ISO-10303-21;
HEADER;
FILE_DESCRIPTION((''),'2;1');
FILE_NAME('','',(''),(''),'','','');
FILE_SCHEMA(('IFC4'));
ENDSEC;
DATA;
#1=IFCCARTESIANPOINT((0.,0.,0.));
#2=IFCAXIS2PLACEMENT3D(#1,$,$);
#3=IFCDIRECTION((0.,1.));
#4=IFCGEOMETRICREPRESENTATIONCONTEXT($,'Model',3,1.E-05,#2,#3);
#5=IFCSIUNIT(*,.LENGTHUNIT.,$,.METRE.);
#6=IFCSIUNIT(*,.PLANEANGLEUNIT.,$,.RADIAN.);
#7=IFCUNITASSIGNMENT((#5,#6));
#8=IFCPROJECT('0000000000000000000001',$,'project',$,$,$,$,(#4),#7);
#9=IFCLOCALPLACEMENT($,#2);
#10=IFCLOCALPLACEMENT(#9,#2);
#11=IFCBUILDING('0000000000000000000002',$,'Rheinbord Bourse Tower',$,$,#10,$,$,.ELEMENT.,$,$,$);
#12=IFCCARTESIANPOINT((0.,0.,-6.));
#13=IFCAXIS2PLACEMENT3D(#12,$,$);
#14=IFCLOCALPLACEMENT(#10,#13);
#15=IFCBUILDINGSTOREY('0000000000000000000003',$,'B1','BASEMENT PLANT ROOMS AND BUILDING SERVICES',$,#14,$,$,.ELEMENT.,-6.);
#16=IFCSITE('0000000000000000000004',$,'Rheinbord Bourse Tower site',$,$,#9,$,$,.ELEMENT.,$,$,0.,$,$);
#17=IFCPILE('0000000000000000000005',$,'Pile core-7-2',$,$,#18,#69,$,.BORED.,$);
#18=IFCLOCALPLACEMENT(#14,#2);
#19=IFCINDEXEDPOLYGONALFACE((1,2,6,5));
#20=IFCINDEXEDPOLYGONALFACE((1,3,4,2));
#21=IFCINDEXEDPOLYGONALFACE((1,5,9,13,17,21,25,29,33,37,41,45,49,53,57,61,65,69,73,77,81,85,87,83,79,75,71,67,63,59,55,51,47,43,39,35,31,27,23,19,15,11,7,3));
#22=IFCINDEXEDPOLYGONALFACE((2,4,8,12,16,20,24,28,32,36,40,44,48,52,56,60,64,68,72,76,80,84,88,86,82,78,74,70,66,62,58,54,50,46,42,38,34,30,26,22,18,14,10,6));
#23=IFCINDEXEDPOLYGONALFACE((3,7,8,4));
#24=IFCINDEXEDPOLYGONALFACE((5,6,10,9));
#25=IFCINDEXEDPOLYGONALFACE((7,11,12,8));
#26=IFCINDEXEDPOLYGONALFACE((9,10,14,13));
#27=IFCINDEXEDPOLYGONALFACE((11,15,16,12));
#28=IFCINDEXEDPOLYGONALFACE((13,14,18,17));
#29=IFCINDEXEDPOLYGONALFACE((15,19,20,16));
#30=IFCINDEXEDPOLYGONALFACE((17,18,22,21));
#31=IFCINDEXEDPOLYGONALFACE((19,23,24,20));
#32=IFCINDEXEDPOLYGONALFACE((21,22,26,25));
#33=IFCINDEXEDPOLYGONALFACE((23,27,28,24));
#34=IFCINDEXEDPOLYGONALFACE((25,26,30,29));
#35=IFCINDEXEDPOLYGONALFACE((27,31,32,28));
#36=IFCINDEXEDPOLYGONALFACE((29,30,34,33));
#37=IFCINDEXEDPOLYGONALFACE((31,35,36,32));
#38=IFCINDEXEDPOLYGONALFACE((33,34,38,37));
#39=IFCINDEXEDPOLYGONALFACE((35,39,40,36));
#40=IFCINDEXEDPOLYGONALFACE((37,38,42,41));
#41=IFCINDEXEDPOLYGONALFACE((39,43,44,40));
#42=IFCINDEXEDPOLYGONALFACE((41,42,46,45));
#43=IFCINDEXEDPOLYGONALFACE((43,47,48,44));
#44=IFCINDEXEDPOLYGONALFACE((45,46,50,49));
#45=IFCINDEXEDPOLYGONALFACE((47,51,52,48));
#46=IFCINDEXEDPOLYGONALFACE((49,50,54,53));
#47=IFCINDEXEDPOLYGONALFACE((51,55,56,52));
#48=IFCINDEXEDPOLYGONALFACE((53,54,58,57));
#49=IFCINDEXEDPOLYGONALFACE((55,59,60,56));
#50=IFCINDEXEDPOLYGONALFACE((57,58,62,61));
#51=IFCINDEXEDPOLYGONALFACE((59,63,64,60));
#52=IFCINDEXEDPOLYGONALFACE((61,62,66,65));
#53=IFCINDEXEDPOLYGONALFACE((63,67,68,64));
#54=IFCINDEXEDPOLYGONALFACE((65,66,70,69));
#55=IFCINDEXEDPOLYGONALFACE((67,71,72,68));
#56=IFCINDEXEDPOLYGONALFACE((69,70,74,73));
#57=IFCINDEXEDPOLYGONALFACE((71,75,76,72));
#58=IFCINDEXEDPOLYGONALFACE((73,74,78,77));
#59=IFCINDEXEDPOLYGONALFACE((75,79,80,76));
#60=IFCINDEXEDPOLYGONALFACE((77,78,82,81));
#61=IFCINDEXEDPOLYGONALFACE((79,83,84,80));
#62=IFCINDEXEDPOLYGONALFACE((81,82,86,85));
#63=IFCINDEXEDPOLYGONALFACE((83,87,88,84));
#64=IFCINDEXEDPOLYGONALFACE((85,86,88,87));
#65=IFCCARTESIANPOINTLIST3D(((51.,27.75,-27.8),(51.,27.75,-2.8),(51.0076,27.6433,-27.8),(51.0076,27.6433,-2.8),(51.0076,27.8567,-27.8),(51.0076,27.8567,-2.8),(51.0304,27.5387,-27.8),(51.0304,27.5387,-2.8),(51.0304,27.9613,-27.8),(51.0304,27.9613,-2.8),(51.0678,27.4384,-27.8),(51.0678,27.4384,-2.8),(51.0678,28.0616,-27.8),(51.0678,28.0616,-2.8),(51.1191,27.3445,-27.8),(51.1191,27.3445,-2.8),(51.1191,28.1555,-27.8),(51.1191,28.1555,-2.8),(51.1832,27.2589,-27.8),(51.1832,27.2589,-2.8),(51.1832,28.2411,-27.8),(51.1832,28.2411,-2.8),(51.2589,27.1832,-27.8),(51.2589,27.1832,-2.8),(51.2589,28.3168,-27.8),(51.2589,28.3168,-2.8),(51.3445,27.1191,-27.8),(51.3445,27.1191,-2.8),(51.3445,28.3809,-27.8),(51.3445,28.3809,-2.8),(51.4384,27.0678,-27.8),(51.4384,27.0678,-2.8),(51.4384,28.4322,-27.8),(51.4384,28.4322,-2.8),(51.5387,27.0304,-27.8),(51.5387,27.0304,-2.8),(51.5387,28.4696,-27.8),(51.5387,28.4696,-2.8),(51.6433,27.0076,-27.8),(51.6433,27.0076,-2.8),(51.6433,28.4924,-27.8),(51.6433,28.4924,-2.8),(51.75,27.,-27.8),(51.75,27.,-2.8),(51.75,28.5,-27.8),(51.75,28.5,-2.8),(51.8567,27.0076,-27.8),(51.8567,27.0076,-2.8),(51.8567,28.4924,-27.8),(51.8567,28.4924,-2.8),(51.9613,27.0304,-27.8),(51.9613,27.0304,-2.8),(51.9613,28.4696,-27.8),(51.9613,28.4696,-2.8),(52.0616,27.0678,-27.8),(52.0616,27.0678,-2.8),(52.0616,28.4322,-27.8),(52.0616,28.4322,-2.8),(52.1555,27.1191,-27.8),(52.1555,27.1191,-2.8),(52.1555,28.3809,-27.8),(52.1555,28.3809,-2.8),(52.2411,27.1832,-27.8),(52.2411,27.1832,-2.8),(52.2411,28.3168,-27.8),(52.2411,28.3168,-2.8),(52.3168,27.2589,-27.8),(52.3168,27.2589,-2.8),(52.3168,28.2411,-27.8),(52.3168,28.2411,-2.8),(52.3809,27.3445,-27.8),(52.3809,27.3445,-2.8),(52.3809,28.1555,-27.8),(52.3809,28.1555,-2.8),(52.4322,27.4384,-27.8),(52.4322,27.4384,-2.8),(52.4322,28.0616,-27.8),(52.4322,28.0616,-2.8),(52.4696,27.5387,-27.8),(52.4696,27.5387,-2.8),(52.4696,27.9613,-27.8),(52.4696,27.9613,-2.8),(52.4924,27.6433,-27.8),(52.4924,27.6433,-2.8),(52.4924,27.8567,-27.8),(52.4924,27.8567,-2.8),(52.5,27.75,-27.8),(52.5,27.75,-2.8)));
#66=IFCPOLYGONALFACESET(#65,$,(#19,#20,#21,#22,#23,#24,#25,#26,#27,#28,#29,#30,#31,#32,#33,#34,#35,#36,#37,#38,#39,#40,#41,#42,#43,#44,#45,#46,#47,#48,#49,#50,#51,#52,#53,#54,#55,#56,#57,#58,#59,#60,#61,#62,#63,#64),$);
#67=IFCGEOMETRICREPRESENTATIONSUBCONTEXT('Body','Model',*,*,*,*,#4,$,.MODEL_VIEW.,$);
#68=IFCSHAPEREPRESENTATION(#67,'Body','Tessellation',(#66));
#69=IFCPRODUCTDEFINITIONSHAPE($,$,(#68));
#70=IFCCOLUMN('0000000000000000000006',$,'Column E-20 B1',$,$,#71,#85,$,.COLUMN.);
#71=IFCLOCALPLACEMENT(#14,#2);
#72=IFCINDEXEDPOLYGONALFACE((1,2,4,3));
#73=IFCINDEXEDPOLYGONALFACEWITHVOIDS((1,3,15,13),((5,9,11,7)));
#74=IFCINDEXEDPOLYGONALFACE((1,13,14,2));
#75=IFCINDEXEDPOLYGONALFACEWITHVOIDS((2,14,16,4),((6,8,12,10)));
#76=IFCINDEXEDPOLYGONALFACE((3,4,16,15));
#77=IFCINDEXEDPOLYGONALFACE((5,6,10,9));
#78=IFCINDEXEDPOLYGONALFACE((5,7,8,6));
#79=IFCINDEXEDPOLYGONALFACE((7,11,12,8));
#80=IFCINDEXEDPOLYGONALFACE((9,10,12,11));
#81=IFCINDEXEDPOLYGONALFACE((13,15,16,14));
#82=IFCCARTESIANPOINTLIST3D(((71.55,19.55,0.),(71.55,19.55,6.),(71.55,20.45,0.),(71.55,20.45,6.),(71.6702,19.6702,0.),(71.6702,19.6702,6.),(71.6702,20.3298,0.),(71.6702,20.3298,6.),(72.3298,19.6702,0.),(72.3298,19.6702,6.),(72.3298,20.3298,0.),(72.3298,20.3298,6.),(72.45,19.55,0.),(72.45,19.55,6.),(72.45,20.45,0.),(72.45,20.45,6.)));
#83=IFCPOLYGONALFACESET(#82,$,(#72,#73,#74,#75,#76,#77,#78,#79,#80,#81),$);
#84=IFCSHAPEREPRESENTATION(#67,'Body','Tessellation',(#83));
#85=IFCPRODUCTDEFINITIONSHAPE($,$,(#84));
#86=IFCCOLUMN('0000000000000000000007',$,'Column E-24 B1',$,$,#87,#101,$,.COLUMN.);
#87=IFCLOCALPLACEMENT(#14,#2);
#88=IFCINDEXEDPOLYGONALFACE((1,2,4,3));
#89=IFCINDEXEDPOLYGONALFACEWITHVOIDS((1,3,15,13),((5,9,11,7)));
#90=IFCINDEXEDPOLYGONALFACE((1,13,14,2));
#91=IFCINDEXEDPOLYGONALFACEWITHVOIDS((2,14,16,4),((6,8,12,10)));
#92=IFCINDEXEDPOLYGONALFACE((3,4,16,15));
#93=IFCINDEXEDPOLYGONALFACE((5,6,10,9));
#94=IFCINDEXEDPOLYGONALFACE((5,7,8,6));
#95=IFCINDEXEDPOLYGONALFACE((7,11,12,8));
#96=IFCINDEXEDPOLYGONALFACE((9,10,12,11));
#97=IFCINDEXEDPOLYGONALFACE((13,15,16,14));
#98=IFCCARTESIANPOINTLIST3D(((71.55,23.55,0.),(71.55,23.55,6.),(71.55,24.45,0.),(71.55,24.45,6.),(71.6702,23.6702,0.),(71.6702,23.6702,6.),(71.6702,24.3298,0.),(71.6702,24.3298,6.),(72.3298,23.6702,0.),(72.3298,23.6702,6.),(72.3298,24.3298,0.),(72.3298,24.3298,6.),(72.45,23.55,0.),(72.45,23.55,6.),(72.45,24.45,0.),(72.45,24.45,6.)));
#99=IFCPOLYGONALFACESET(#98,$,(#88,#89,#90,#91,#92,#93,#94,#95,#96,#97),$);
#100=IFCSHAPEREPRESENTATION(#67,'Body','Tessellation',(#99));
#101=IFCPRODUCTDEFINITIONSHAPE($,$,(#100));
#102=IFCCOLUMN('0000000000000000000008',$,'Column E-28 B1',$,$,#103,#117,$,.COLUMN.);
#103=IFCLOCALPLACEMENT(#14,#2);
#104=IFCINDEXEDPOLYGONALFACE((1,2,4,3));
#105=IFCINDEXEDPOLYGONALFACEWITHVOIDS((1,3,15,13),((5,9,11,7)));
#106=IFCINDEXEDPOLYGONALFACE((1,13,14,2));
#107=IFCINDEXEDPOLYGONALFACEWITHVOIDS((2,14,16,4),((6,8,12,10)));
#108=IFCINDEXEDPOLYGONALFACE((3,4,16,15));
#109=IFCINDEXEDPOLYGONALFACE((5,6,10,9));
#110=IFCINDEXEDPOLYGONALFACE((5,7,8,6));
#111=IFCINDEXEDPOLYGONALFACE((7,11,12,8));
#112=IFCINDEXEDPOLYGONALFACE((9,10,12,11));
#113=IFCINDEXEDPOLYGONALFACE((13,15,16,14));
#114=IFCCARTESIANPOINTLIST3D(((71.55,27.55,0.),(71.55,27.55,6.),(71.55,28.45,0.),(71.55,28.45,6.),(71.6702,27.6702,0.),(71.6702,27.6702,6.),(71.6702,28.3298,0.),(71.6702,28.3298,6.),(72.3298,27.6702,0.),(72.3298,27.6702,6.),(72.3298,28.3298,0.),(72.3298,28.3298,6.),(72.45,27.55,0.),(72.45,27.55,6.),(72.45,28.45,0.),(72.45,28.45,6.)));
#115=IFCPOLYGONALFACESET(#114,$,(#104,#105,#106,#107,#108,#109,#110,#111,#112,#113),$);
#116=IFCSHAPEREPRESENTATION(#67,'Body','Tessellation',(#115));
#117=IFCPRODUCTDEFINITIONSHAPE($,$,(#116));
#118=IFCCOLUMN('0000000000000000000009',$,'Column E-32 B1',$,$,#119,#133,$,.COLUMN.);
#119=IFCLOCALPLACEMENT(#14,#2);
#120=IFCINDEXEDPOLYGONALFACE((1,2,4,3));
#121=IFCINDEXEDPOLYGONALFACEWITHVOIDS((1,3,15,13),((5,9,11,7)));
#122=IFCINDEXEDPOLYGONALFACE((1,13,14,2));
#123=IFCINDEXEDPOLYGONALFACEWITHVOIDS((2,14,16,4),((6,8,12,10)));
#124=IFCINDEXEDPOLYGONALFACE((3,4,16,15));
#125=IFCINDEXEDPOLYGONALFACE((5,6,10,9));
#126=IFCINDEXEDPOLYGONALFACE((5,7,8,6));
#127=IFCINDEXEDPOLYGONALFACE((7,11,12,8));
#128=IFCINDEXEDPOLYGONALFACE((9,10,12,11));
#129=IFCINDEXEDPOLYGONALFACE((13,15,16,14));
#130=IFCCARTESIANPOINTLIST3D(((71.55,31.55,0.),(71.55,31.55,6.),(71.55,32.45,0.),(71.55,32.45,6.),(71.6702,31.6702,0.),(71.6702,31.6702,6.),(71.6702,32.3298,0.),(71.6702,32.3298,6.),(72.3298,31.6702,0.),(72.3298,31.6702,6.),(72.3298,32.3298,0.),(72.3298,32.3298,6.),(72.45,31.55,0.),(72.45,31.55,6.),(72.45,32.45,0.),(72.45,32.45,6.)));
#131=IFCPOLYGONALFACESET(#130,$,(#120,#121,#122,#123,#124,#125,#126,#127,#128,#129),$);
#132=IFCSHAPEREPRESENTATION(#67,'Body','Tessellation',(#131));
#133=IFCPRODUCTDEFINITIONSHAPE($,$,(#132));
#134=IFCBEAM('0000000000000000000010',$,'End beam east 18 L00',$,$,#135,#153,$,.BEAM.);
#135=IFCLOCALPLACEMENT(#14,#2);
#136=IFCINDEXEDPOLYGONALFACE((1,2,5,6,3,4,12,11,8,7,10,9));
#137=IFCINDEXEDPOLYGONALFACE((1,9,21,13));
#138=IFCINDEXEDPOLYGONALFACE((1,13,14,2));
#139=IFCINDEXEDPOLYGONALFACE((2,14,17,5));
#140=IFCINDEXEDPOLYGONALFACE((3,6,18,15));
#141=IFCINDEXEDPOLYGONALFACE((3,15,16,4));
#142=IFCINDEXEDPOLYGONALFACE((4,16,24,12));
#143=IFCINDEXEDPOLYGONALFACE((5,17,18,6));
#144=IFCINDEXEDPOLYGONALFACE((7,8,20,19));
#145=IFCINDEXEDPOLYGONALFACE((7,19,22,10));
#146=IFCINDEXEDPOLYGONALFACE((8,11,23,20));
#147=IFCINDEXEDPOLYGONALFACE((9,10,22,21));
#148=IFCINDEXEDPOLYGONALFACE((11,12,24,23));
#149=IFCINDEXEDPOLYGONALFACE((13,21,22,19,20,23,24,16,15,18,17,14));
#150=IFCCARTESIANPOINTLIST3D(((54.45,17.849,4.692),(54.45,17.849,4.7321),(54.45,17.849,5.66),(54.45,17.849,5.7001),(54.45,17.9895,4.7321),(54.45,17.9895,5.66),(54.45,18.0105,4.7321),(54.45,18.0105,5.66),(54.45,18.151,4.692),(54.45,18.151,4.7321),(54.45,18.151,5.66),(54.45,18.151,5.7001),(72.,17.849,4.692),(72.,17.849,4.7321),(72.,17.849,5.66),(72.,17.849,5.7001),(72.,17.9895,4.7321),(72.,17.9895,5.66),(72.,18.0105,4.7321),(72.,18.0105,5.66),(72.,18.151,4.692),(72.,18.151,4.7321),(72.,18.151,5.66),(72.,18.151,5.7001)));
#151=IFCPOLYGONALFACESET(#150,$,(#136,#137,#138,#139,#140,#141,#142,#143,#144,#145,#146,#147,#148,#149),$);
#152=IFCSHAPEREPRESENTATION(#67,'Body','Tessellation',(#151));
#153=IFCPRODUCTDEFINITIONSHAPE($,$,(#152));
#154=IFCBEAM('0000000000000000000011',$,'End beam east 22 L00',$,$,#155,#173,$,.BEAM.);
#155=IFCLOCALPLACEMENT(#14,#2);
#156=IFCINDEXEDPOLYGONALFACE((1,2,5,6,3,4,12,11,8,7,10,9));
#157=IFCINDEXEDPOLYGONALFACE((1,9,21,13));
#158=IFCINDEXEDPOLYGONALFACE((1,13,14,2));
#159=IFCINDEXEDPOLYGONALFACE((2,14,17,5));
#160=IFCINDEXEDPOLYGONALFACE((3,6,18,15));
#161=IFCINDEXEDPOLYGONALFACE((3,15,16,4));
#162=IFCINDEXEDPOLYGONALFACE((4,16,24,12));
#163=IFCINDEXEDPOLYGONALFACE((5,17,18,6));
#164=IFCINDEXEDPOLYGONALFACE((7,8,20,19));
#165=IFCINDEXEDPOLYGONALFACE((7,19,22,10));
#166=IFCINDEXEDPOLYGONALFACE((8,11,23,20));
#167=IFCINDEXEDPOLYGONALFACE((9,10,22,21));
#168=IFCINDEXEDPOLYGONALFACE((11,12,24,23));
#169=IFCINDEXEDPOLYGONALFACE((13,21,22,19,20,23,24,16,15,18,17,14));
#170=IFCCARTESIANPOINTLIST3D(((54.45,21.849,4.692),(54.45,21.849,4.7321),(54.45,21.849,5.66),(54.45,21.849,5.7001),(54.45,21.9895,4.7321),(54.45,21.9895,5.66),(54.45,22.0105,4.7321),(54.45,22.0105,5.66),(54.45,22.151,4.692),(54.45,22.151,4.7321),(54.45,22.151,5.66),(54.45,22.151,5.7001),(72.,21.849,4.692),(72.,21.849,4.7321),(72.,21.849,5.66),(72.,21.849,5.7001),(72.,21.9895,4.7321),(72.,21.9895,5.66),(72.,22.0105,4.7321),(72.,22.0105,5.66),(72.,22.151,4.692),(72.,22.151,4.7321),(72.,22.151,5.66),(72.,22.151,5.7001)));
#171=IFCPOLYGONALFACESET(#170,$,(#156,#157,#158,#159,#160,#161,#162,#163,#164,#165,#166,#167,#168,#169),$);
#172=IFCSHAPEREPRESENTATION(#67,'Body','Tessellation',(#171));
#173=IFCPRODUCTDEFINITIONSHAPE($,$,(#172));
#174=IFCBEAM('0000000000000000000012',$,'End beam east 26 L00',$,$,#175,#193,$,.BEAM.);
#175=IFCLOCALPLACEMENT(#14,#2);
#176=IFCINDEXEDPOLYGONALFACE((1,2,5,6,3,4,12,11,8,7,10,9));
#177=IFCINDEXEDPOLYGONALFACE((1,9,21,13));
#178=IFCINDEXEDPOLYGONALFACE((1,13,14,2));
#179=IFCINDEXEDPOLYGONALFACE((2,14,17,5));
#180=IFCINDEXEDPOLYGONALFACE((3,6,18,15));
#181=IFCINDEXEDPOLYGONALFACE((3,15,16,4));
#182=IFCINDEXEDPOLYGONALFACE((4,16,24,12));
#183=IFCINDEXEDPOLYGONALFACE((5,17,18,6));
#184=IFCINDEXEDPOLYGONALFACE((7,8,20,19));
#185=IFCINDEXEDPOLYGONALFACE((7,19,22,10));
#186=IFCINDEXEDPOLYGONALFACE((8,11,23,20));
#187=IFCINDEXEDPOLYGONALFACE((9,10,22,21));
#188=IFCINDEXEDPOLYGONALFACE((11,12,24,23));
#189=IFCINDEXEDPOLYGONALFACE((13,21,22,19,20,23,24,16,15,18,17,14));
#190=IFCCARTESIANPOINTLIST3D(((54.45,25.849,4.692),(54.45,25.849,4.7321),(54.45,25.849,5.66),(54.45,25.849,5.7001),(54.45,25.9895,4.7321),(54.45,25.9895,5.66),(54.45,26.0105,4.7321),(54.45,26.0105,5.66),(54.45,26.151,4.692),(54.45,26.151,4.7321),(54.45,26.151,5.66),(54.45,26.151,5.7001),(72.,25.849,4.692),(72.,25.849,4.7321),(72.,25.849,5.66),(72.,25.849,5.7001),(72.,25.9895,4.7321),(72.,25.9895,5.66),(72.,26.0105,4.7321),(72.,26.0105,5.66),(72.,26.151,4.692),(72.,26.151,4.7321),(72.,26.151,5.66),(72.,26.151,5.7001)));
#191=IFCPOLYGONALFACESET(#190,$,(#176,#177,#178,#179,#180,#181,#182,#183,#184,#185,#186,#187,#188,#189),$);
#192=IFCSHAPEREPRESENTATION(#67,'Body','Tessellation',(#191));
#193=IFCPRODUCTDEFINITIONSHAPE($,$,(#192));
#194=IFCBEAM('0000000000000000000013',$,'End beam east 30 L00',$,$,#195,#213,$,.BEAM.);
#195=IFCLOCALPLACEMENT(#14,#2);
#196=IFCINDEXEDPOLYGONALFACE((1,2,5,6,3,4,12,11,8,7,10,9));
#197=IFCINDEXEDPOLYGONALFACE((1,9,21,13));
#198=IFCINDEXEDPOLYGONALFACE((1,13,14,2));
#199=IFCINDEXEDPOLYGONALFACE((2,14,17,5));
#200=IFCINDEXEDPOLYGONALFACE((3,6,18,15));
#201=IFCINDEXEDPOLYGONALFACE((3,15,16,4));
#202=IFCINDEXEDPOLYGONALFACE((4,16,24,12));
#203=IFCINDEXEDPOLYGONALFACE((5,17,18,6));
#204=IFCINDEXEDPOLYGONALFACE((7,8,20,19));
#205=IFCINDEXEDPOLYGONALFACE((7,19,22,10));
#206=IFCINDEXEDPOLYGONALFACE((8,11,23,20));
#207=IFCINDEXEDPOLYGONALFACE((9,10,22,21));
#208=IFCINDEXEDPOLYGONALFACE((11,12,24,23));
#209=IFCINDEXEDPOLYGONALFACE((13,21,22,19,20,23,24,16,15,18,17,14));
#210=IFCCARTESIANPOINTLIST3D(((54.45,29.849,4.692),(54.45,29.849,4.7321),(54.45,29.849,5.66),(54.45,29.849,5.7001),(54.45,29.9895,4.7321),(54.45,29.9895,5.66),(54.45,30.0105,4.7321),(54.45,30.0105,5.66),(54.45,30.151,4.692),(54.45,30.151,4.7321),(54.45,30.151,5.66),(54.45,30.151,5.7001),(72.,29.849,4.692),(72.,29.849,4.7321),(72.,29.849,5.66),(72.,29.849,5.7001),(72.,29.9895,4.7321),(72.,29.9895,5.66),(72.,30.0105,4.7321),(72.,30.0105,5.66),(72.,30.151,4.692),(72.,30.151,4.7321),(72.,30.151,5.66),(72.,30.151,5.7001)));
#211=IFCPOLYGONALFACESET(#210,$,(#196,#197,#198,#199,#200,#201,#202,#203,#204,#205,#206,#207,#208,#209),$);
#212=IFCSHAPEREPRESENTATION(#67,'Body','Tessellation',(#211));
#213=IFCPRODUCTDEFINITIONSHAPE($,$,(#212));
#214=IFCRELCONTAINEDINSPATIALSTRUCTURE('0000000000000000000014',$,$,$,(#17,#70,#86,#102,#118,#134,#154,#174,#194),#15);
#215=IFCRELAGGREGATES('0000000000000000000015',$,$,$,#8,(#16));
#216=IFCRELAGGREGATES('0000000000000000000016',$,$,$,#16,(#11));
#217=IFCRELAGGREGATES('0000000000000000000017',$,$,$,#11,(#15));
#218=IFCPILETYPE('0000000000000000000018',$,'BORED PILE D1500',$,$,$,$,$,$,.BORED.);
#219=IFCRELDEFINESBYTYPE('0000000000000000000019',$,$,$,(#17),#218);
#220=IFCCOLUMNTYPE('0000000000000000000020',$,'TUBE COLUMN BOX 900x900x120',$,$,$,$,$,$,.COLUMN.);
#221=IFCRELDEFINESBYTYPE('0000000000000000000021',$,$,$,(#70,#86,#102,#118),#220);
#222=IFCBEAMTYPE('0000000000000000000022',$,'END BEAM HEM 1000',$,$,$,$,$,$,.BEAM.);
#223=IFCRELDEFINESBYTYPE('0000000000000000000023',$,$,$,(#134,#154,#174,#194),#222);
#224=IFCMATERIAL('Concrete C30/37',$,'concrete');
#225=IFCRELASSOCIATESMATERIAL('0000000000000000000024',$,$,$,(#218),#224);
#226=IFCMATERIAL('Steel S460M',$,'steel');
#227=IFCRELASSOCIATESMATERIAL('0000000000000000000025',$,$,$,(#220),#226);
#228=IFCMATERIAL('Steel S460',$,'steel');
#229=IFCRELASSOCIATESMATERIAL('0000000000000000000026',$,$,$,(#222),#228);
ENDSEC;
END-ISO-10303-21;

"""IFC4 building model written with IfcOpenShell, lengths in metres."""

from ifc_helpers import new_model, si_unit, direction, frame, origin, origin_2d, place, context, subcontext, project, spatial, hollow_rectangle, circle, i_section, extrude, material, material_profile, profile_set, type_object, element, save


model = new_model("IFC4")

# Units and contexts
model_context = context("Model", 3, precision=1e-05, world=origin(), true_north=direction((0.0, 1.0)))
body_context = subcontext(model_context, "Body", "Model", "MODEL_VIEW")
ifc_project = project(units=[si_unit("LENGTHUNIT", "METRE"), si_unit("PLANEANGLEUNIT", "RADIAN")], contexts=[model_context])

# Site, building, storey
site_placement = place(None, origin())
site = spatial("IfcSite", under=ifc_project, at=site_placement, Name="Rheinbord Bourse Tower site", CompositionType="ELEMENT", RefElevation=0.0)
building_placement = place(site_placement, origin())
building = spatial("IfcBuilding", under=site, at=building_placement, Name="Rheinbord Bourse Tower", CompositionType="ELEMENT")
storey_placement = place(building_placement, frame((0.0, 0.0, -6.0)))
storey = spatial("IfcBuildingStorey", under=building, at=storey_placement, Name="B1", Description="BASEMENT PLANT ROOMS AND BUILDING SERVICES", CompositionType="ELEMENT", Elevation=-6.0)

# Pile
ifc_material_1 = material(Name="Concrete C30/37", Category="concrete")
ifc_material_profile_1 = material_profile(ifc_material_1, circle(Radius=0.75, at=origin_2d()), Name="D1500")
ifc_profile_set_1 = profile_set([ifc_material_profile_1], Name="Concrete C30/37")
pile_type = type_object("IfcPileType", Name="BORED PILE D1500", PredefinedType="BORED", material=ifc_profile_set_1)
for number, where, z_axis, x_axis, name in (
    (1, (51.75, 27.75, -2.8), (0.0, 0.0, -1.0), (1.0, 0.0, 0.0), "Pile core-7-2"),
):
    element("IfcPile", number, at=place(storey_placement, frame(where, z_axis=z_axis, x_axis=x_axis)), inside=storey, type_object=pile_type, Name=name, PredefinedType="BORED", context=body_context, shape_type="SweptSolid", body=[
        extrude(circle(Radius=0.75, at=origin_2d()), origin(), (0.0, 0.0, 1.0), 25.0),
    ])

# Columns
ifc_material_2 = material(Name="Steel S460M", Category="steel")
ifc_material_profile_2 = material_profile(ifc_material_2, hollow_rectangle(XDim=0.8999, YDim=0.8999, WallThickness=0.1201, at=origin_2d()), Name="BOX 900x900x120")
ifc_profile_set_2 = profile_set([ifc_material_profile_2], Name="Steel S460M")
column_type = type_object("IfcColumnType", Name="TUBE COLUMN BOX 900x900x120", PredefinedType="COLUMN", material=ifc_profile_set_2)
for number, where, z_axis, x_axis, name in (
    (2, (72.0, 20.0, 0.0), (0.0, 0.0, 1.0), (1.0, 0.0, 0.0), "Column E-20 B1"),
    (3, (72.0, 24.0, 0.0), (0.0, 0.0, 1.0), (1.0, 0.0, 0.0), "Column E-24 B1"),
    (4, (72.0, 28.0, 0.0), (0.0, 0.0, 1.0), (1.0, 0.0, 0.0), "Column E-28 B1"),
    (5, (72.0, 32.0, 0.0), (0.0, 0.0, 1.0), (1.0, 0.0, 0.0), "Column E-32 B1"),
):
    element("IfcColumn", number, at=place(storey_placement, frame(where, z_axis=z_axis, x_axis=x_axis)), inside=storey, type_object=column_type, Name=name, PredefinedType="COLUMN", context=body_context, shape_type="SweptSolid", body=[
        extrude(hollow_rectangle(XDim=0.8999, YDim=0.8999, WallThickness=0.1201, at=origin_2d()), origin(), (0.0, 0.0, 1.0), 6.0),
    ])

# Beams
ifc_material_3 = material(Name="Steel S460", Category="steel")
ifc_material_profile_3 = material_profile(ifc_material_3, i_section(OverallWidth=0.302, OverallDepth=1.0081, WebThickness=0.021, FlangeThickness=0.04, at=origin_2d()), Name="HEM 1000")
ifc_profile_set_3 = profile_set([ifc_material_profile_3], Name="Steel S460")
beam_type_1 = type_object("IfcBeamType", Name="END BEAM HEM 1000", PredefinedType="BEAM", material=ifc_profile_set_3)
for number, where, z_axis, x_axis, name in (
    (6, (54.45, 18.0, 5.196), (1.0, 0.0, 0.0), (0.0, 1.0, 0.0), "End beam east 18 L00"),
    (7, (54.45, 22.0, 5.196), (1.0, 0.0, 0.0), (0.0, 1.0, 0.0), "End beam east 22 L00"),
    (8, (54.45, 26.0, 5.196), (1.0, 0.0, 0.0), (0.0, 1.0, 0.0), "End beam east 26 L00"),
    (9, (54.45, 30.0, 5.196), (1.0, 0.0, 0.0), (0.0, 1.0, 0.0), "End beam east 30 L00"),
):
    element("IfcBeam", number, at=place(storey_placement, frame(where, z_axis=z_axis, x_axis=x_axis)), inside=storey, type_object=beam_type_1, Name=name, PredefinedType="BEAM", context=body_context, shape_type="SweptSolid", body=[
        extrude(i_section(OverallWidth=0.302, OverallDepth=1.0081, WebThickness=0.021, FlangeThickness=0.04, at=origin_2d()), origin(), (0.0, 0.0, 1.0), 17.55),
    ])

save(model, "model.ifc")
